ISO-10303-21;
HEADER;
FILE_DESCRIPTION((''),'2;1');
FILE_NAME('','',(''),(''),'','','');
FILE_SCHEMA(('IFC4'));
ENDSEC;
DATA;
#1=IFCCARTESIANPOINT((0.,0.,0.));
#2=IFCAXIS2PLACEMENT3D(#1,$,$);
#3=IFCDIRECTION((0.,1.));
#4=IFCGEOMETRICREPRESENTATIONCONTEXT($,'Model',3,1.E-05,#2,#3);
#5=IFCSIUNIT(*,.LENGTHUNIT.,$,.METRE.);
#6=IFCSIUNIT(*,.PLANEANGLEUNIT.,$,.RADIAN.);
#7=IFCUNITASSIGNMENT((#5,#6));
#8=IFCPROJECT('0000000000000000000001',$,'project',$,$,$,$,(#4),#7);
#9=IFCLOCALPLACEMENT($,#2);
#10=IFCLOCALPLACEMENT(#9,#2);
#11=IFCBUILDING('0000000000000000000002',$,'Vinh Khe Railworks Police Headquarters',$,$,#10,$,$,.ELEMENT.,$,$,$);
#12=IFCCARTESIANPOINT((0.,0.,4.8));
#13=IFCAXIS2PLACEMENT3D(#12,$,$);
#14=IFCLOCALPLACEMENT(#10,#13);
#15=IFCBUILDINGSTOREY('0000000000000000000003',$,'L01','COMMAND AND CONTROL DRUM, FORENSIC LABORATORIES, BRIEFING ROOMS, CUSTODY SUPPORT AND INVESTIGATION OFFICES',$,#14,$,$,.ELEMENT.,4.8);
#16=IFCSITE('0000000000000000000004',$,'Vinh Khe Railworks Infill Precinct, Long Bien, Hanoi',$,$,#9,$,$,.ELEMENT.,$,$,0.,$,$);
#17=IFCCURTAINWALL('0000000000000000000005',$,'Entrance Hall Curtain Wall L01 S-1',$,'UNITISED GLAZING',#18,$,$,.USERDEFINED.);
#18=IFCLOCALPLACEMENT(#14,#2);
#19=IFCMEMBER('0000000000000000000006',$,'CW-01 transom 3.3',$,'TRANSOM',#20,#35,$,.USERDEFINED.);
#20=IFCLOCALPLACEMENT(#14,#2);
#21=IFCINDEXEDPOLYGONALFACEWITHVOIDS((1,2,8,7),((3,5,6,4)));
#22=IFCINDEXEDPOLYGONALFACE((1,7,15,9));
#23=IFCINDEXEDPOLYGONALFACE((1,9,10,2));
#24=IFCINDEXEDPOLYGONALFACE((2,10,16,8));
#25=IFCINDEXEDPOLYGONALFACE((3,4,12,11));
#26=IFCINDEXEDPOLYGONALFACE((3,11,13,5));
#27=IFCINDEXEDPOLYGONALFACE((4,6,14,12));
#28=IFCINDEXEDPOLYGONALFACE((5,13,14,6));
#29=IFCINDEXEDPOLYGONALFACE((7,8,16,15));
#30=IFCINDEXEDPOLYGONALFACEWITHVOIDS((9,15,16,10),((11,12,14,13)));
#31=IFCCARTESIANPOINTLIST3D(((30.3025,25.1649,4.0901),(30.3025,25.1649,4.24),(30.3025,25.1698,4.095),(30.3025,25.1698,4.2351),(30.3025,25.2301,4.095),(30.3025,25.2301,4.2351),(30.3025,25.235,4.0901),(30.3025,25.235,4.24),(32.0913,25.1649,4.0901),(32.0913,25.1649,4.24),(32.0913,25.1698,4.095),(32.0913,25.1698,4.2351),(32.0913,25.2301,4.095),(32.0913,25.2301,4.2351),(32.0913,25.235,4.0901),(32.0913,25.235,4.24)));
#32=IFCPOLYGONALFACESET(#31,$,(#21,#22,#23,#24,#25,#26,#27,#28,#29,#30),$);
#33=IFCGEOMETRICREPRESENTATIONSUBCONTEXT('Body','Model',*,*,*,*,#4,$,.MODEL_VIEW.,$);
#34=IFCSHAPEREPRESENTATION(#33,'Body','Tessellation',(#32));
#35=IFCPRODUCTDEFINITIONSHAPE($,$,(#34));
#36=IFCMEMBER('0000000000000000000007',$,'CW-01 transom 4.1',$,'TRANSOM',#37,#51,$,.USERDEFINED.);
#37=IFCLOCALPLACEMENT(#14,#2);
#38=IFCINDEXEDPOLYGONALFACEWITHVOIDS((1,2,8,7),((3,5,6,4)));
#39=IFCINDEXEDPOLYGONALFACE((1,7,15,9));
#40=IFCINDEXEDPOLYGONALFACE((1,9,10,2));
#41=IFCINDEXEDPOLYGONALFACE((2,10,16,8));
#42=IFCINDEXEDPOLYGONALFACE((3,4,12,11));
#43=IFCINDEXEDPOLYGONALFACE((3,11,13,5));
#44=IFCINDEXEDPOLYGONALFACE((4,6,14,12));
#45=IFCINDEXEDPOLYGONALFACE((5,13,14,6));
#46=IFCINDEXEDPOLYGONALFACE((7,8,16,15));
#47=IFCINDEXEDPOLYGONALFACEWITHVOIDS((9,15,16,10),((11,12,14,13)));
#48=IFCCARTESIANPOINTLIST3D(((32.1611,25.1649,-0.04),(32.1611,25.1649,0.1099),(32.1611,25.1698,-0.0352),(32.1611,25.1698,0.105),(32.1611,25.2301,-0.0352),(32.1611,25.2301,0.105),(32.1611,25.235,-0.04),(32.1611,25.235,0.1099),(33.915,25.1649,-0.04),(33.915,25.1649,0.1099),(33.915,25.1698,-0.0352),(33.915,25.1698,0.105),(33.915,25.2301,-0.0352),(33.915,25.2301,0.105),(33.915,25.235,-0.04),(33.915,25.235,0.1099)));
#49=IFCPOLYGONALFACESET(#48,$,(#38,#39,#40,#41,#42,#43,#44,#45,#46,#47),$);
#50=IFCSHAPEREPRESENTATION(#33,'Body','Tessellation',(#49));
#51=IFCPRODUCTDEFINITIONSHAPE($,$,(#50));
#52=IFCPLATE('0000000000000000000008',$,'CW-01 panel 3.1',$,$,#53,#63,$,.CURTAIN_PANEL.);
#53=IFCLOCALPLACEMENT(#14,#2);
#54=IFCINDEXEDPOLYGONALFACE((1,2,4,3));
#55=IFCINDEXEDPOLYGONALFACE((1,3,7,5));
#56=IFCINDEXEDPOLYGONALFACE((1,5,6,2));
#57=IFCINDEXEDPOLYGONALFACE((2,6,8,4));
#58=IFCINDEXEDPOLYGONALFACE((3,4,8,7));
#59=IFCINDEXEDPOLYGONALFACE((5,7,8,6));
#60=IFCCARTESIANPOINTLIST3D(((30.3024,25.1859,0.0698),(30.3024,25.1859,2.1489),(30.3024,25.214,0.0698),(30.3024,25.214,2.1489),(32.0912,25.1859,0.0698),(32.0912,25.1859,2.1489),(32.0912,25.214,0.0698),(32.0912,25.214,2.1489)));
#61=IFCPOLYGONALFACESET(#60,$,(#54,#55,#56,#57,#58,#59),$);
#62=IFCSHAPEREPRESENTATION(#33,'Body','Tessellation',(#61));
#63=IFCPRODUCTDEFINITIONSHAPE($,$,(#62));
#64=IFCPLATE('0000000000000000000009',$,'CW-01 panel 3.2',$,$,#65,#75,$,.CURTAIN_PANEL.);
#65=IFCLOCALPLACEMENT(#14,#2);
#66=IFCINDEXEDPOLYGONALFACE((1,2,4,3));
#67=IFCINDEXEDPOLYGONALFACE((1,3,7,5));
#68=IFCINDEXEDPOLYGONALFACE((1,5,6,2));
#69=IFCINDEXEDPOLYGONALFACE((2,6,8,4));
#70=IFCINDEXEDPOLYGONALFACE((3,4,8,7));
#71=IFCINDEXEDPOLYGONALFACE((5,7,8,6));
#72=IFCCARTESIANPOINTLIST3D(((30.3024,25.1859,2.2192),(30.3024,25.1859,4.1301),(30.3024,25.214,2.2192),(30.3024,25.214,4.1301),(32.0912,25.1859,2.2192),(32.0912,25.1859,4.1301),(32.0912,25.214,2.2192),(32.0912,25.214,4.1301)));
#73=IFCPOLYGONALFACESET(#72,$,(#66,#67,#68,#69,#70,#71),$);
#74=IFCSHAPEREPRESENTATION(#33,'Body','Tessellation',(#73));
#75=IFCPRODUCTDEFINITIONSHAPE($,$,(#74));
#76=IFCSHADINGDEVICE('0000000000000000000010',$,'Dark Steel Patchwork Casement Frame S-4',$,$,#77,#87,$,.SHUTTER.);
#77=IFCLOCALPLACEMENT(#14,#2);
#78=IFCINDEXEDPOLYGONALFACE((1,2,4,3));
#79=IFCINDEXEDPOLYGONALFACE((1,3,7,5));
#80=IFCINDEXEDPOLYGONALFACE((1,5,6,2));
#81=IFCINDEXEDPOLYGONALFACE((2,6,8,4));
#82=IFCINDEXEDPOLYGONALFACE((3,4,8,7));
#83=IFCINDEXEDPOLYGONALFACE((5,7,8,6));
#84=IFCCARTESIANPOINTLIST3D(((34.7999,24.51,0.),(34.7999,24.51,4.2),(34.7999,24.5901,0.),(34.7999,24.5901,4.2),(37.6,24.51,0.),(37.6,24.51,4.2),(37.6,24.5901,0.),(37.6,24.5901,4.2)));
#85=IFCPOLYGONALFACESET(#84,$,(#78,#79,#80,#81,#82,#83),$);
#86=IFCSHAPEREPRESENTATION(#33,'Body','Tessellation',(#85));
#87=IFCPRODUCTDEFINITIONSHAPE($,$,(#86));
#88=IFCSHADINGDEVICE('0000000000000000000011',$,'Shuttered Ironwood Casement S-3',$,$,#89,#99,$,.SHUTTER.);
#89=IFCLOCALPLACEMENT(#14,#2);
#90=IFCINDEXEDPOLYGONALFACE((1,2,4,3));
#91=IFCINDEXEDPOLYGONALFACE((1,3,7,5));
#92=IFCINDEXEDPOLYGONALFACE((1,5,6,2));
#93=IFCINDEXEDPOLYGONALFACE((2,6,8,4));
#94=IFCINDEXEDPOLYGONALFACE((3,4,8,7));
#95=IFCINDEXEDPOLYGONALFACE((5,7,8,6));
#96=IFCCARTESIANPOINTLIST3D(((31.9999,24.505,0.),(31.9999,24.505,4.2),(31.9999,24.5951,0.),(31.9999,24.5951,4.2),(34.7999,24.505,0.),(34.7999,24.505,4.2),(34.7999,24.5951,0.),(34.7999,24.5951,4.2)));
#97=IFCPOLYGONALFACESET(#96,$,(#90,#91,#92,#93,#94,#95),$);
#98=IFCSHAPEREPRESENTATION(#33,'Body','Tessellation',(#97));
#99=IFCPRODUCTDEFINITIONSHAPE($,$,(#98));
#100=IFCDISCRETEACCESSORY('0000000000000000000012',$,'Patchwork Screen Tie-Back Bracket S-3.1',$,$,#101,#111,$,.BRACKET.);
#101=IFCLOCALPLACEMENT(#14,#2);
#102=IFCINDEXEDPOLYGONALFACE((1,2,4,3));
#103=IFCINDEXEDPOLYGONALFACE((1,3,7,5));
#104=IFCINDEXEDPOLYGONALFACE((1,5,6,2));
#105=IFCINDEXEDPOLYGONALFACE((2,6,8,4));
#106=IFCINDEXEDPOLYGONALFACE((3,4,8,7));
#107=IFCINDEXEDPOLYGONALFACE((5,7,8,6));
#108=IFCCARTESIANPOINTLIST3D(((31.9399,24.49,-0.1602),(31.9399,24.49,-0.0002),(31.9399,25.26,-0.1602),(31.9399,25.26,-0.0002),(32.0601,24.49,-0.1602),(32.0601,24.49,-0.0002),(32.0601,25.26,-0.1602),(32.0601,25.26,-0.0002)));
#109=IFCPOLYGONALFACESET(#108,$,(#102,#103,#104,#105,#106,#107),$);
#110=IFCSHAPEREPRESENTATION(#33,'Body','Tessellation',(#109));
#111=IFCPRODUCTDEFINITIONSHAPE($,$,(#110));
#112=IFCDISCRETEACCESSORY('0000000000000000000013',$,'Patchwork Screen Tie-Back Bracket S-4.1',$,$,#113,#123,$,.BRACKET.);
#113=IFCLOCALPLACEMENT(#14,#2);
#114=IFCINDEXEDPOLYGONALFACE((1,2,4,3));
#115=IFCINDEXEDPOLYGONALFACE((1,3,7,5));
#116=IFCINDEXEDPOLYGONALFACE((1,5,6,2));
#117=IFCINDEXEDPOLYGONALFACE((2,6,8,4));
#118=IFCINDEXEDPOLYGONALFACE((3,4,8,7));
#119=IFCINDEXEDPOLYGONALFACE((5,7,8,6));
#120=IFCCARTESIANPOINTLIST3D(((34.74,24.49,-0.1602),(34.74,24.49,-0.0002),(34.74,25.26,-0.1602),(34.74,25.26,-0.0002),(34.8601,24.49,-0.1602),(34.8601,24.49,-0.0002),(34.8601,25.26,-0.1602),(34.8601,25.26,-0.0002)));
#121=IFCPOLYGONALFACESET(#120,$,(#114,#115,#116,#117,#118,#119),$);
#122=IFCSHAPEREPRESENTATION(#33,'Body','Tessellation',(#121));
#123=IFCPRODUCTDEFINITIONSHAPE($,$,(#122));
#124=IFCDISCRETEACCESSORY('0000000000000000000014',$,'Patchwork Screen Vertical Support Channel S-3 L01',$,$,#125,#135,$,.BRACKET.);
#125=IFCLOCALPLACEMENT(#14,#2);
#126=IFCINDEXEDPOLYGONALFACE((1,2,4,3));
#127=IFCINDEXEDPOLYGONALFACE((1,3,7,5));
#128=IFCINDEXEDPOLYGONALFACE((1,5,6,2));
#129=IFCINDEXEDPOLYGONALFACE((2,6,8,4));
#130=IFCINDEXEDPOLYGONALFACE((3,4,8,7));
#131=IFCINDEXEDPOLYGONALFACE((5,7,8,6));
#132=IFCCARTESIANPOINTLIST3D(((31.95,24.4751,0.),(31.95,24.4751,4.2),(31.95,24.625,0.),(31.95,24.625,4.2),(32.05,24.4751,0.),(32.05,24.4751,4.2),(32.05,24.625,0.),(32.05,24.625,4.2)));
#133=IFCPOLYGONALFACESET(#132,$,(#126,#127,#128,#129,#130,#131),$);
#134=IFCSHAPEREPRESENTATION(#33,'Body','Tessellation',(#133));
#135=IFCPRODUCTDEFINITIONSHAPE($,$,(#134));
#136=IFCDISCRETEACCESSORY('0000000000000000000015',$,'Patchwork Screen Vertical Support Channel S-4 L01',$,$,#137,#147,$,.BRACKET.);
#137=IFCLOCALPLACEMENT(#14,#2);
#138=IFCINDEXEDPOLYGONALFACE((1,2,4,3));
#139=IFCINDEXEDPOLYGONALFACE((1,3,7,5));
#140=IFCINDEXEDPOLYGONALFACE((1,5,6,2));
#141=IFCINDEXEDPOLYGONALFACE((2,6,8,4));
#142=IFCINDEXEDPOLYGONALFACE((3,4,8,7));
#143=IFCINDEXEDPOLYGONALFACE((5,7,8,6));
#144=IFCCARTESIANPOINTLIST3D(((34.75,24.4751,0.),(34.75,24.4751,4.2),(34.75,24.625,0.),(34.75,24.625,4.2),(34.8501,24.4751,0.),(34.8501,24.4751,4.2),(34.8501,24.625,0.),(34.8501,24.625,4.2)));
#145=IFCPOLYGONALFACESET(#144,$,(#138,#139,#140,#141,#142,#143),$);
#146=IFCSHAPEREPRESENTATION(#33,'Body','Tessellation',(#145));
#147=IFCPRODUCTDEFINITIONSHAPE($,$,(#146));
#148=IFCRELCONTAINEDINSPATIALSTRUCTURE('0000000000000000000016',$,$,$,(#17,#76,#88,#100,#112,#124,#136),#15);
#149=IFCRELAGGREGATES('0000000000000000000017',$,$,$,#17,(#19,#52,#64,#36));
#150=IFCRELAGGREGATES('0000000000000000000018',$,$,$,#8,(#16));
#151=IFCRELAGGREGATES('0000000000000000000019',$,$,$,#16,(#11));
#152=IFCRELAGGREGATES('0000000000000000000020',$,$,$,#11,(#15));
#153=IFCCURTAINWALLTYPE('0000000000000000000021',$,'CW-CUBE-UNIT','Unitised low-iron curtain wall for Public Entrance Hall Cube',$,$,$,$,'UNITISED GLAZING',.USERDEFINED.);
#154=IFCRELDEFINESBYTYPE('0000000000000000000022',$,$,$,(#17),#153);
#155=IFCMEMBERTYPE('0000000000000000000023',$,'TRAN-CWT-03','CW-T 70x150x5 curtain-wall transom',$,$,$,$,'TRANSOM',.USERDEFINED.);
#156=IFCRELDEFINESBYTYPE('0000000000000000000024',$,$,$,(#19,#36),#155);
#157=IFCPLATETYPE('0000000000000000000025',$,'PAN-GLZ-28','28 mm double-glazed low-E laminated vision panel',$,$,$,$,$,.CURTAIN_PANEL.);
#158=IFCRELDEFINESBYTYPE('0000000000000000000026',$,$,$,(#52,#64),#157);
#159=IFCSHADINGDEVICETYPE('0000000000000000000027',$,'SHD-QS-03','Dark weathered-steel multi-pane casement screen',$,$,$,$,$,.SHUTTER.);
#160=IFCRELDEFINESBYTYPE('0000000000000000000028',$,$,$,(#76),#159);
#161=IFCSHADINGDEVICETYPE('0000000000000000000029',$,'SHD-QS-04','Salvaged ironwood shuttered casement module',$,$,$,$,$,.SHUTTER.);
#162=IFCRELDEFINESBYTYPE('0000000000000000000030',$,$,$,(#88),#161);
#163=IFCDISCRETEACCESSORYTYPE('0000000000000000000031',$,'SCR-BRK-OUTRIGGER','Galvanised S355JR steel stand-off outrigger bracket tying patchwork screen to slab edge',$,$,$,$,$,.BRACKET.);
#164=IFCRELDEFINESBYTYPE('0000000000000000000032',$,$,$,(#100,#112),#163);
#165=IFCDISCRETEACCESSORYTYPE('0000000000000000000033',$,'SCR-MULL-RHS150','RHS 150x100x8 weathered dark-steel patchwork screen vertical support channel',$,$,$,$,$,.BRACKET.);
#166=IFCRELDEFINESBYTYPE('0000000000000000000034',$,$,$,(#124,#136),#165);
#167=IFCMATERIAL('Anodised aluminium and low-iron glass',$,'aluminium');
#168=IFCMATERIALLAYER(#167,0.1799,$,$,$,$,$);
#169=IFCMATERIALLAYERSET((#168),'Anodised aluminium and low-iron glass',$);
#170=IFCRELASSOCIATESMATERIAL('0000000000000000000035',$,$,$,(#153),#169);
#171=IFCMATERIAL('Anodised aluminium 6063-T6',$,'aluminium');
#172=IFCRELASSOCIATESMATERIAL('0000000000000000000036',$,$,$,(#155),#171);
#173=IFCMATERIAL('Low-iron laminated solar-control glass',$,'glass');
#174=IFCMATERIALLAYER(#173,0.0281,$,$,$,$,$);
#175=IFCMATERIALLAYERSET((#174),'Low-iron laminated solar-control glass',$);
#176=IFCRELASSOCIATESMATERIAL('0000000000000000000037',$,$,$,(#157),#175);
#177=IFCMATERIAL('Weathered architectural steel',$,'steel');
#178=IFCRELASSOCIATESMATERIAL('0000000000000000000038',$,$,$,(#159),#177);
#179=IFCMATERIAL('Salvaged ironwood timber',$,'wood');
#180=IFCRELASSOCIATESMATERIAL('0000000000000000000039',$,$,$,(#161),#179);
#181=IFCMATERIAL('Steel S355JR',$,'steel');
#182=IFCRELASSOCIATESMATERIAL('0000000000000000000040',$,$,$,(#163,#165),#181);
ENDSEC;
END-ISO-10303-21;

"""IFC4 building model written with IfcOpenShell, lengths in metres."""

from ifc_helpers import new_model, si_unit, direction, frame, origin, origin_2d, place, context, subcontext, project, spatial, rectangle, hollow_rectangle, extrude, material, layer, layer_set, material_profile, profile_set, type_object, element, aggregate, save


model = new_model("IFC4")

# Units and contexts
model_context = context("Model", 3, precision=1e-05, world=origin(), true_north=direction((0.0, 1.0)))
body_context = subcontext(model_context, "Body", "Model", "MODEL_VIEW")
ifc_project = project(units=[si_unit("LENGTHUNIT", "METRE"), si_unit("PLANEANGLEUNIT", "RADIAN")], contexts=[model_context])

# Site, building, storey
site_placement = place(None, origin())
site = spatial("IfcSite", under=ifc_project, at=site_placement, Name="Vinh Khe Railworks Infill Precinct, Long Bien, Hanoi", CompositionType="ELEMENT", RefElevation=0.0)
building_placement = place(site_placement, origin())
building = spatial("IfcBuilding", under=site, at=building_placement, Name="Vinh Khe Railworks Police Headquarters", CompositionType="ELEMENT")
storey_placement = place(building_placement, frame((0.0, 0.0, 4.8)))
storey = spatial("IfcBuildingStorey", under=building, at=storey_placement, Name="L01", Description="COMMAND AND CONTROL DRUM, FORENSIC LABORATORIES, BRIEFING ROOMS, CUSTODY SUPPORT AND INVESTIGATION OFFICES", CompositionType="ELEMENT", Elevation=4.8)

# Shared definitions
ifc_material_1 = material(Name="Steel S355JR", Category="steel")

# Shared definitions
ifc_material_2 = material(Name="Salvaged ironwood timber", Category="wood")

# Curtain wall, members, plates
ifc_material_3 = material(Name="Anodised aluminium and low-iron glass", Category="aluminium")
ifc_layer_1 = layer(ifc_material_3, 0.1799)
ifc_layer_set_1 = layer_set([ifc_layer_1], Name="Anodised aluminium and low-iron glass")
curtain_wall_type = type_object("IfcCurtainWallType", Name="CW-CUBE-UNIT", Description="Unitised low-iron curtain wall for Public Entrance Hall Cube", ElementType="UNITISED GLAZING", PredefinedType="USERDEFINED", material=ifc_layer_set_1)
curtain_wall_placement = place(storey_placement, origin())
curtain_wall = element("IfcCurtainWall", 1, at=curtain_wall_placement, inside=storey, type_object=curtain_wall_type, Name="Entrance Hall Curtain Wall L01 S-1", ObjectType="UNITISED GLAZING", PredefinedType="USERDEFINED")
ifc_material_4 = material(Name="Anodised aluminium 6063-T6", Category="aluminium")
ifc_material_profile_1 = material_profile(ifc_material_4, hollow_rectangle(XDim=0.0701, YDim=0.1499, WallThickness=0.0049, at=origin_2d()), Name="CW-T 70x150x5")
ifc_profile_set_1 = profile_set([ifc_material_profile_1], Name="Anodised aluminium 6063-T6")
member_type_1 = type_object("IfcMemberType", Name="TRAN-CWT-03", Description="CW-T 70x150x5 curtain-wall transom", ElementType="TRANSOM", PredefinedType="USERDEFINED", material=ifc_profile_set_1)
member_1_placement = place(storey_placement, frame((30.3025, 25.2, 4.165), z_axis=(1.0, 0.0, 0.0), x_axis=(0.0, 1.0, 0.0)))
member_1 = element("IfcMember", 2, at=member_1_placement, type_object=member_type_1, Name="CW-01 transom 3.3", ObjectType="TRANSOM", PredefinedType="USERDEFINED", context=body_context, shape_type="SweptSolid", body=[
    extrude(hollow_rectangle(XDim=0.0701, YDim=0.1499, WallThickness=0.0049, at=origin_2d()), origin(), (0.0, 0.0, 1.0), 1.7888),
])
member_2_placement = place(storey_placement, frame((32.1611, 25.2, 0.0349), z_axis=(1.0, 0.0, 0.0), x_axis=(0.0, 1.0, 0.0)))
member_2 = element("IfcMember", 3, at=member_2_placement, type_object=member_type_1, Name="CW-01 transom 4.1", ObjectType="TRANSOM", PredefinedType="USERDEFINED", context=body_context, shape_type="SweptSolid", body=[
    extrude(hollow_rectangle(XDim=0.0701, YDim=0.1499, WallThickness=0.0049, at=origin_2d()), origin(), (0.0, 0.0, 1.0), 1.7539),
])
ifc_material_5 = material(Name="Low-iron laminated solar-control glass", Category="glass")
ifc_layer_2 = layer(ifc_material_5, 0.0281)
ifc_layer_set_2 = layer_set([ifc_layer_2], Name="Low-iron laminated solar-control glass")
plate_type = type_object("IfcPlateType", Name="PAN-GLZ-28", Description="28 mm double-glazed low-E laminated vision panel", PredefinedType="CURTAIN_PANEL", material=ifc_layer_set_2)
plate_1_placement = place(storey_placement, frame((31.1968, 25.2, 0.0698), z_axis=(0.0, 0.0, 1.0), x_axis=(1.0, 0.0, 0.0)))
plate_1 = element("IfcPlate", 4, at=plate_1_placement, type_object=plate_type, Name="CW-01 panel 3.1", PredefinedType="CURTAIN_PANEL", context=body_context, shape_type="SweptSolid", body=[
    extrude(rectangle(XDim=1.7888, YDim=0.0281, at=origin_2d()), origin(), (0.0, 0.0, 1.0), 2.0791),
])
plate_2_placement = place(storey_placement, frame((31.1968, 25.2, 2.2192), z_axis=(0.0, 0.0, 1.0), x_axis=(1.0, 0.0, 0.0)))
plate_2 = element("IfcPlate", 5, at=plate_2_placement, type_object=plate_type, Name="CW-01 panel 3.2", PredefinedType="CURTAIN_PANEL", context=body_context, shape_type="SweptSolid", body=[
    extrude(rectangle(XDim=1.7888, YDim=0.0281, at=origin_2d()), origin(), (0.0, 0.0, 1.0), 1.9109),
])
aggregate(curtain_wall, [member_1, plate_1, plate_2, member_2])

# Shading devices
ifc_material_6 = material(Name="Weathered architectural steel", Category="steel")
shading_device_type_1 = type_object("IfcShadingDeviceType", Name="SHD-QS-03", Description="Dark weathered-steel multi-pane casement screen", PredefinedType="SHUTTER", material=ifc_material_6)
shading_device_1_placement = place(storey_placement, frame((36.2, 24.55, 0.0), z_axis=(0.0, 0.0, 1.0), x_axis=(1.0, 0.0, 0.0)))
element("IfcShadingDevice", 6, at=shading_device_1_placement, inside=storey, type_object=shading_device_type_1, Name="Dark Steel Patchwork Casement Frame S-4", PredefinedType="SHUTTER", context=body_context, shape_type="SweptSolid", body=[
    extrude(rectangle(XDim=2.8, YDim=0.0801, at=origin_2d()), origin(), (0.0, 0.0, 1.0), 4.2),
])
shading_device_type_2 = type_object("IfcShadingDeviceType", Name="SHD-QS-04", Description="Salvaged ironwood shuttered casement module", PredefinedType="SHUTTER", material=ifc_material_2)
shading_device_2_placement = place(storey_placement, frame((33.3999, 24.55, 0.0), z_axis=(0.0, 0.0, 1.0), x_axis=(1.0, 0.0, 0.0)))
element("IfcShadingDevice", 7, at=shading_device_2_placement, inside=storey, type_object=shading_device_type_2, Name="Shuttered Ironwood Casement S-3", PredefinedType="SHUTTER", context=body_context, shape_type="SweptSolid", body=[
    extrude(rectangle(XDim=2.8, YDim=0.0901, at=origin_2d()), origin(), (0.0, 0.0, 1.0), 4.2),
])

# Discrete accessories
discrete_accessory_type_1 = type_object("IfcDiscreteAccessoryType", Name="SCR-BRK-OUTRIGGER", Description="Galvanised S355JR steel stand-off outrigger bracket tying patchwork screen to slab edge", PredefinedType="BRACKET", material=ifc_material_1)
for number, where, z_axis, x_axis, name in (
    (8, (32.0, 24.875, -0.1602), (0.0, 0.0, 1.0), (1.0, 0.0, 0.0), "Patchwork Screen Tie-Back Bracket S-3.1"),
    (9, (34.8, 24.875, -0.1602), (0.0, 0.0, 1.0), (1.0, 0.0, 0.0), "Patchwork Screen Tie-Back Bracket S-4.1"),
):
    element("IfcDiscreteAccessory", number, at=place(storey_placement, frame(where, z_axis=z_axis, x_axis=x_axis)), inside=storey, type_object=discrete_accessory_type_1, Name=name, PredefinedType="BRACKET", context=body_context, shape_type="SweptSolid", body=[
        extrude(rectangle(XDim=0.1201, YDim=0.77, at=origin_2d()), origin(), (0.0, 0.0, 1.0), 0.1599),
    ])
discrete_accessory_type_2 = type_object("IfcDiscreteAccessoryType", Name="SCR-MULL-RHS150", Description="RHS 150x100x8 weathered dark-steel patchwork screen vertical support channel", PredefinedType="BRACKET", material=ifc_material_1)
for number, where, z_axis, x_axis, name in (
    (10, (32.0, 24.55, 0.0), (0.0, 0.0, 1.0), (1.0, 0.0, 0.0), "Patchwork Screen Vertical Support Channel S-3 L01"),
    (11, (34.8, 24.55, 0.0), (0.0, 0.0, 1.0), (1.0, 0.0, 0.0), "Patchwork Screen Vertical Support Channel S-4 L01"),
):
    element("IfcDiscreteAccessory", number, at=place(storey_placement, frame(where, z_axis=z_axis, x_axis=x_axis)), inside=storey, type_object=discrete_accessory_type_2, Name=name, PredefinedType="BRACKET", context=body_context, shape_type="SweptSolid", body=[
        extrude(rectangle(XDim=0.1001, YDim=0.1499, at=origin_2d()), origin(), (0.0, 0.0, 1.0), 4.2),
    ])

save(model, "model.ifc")
